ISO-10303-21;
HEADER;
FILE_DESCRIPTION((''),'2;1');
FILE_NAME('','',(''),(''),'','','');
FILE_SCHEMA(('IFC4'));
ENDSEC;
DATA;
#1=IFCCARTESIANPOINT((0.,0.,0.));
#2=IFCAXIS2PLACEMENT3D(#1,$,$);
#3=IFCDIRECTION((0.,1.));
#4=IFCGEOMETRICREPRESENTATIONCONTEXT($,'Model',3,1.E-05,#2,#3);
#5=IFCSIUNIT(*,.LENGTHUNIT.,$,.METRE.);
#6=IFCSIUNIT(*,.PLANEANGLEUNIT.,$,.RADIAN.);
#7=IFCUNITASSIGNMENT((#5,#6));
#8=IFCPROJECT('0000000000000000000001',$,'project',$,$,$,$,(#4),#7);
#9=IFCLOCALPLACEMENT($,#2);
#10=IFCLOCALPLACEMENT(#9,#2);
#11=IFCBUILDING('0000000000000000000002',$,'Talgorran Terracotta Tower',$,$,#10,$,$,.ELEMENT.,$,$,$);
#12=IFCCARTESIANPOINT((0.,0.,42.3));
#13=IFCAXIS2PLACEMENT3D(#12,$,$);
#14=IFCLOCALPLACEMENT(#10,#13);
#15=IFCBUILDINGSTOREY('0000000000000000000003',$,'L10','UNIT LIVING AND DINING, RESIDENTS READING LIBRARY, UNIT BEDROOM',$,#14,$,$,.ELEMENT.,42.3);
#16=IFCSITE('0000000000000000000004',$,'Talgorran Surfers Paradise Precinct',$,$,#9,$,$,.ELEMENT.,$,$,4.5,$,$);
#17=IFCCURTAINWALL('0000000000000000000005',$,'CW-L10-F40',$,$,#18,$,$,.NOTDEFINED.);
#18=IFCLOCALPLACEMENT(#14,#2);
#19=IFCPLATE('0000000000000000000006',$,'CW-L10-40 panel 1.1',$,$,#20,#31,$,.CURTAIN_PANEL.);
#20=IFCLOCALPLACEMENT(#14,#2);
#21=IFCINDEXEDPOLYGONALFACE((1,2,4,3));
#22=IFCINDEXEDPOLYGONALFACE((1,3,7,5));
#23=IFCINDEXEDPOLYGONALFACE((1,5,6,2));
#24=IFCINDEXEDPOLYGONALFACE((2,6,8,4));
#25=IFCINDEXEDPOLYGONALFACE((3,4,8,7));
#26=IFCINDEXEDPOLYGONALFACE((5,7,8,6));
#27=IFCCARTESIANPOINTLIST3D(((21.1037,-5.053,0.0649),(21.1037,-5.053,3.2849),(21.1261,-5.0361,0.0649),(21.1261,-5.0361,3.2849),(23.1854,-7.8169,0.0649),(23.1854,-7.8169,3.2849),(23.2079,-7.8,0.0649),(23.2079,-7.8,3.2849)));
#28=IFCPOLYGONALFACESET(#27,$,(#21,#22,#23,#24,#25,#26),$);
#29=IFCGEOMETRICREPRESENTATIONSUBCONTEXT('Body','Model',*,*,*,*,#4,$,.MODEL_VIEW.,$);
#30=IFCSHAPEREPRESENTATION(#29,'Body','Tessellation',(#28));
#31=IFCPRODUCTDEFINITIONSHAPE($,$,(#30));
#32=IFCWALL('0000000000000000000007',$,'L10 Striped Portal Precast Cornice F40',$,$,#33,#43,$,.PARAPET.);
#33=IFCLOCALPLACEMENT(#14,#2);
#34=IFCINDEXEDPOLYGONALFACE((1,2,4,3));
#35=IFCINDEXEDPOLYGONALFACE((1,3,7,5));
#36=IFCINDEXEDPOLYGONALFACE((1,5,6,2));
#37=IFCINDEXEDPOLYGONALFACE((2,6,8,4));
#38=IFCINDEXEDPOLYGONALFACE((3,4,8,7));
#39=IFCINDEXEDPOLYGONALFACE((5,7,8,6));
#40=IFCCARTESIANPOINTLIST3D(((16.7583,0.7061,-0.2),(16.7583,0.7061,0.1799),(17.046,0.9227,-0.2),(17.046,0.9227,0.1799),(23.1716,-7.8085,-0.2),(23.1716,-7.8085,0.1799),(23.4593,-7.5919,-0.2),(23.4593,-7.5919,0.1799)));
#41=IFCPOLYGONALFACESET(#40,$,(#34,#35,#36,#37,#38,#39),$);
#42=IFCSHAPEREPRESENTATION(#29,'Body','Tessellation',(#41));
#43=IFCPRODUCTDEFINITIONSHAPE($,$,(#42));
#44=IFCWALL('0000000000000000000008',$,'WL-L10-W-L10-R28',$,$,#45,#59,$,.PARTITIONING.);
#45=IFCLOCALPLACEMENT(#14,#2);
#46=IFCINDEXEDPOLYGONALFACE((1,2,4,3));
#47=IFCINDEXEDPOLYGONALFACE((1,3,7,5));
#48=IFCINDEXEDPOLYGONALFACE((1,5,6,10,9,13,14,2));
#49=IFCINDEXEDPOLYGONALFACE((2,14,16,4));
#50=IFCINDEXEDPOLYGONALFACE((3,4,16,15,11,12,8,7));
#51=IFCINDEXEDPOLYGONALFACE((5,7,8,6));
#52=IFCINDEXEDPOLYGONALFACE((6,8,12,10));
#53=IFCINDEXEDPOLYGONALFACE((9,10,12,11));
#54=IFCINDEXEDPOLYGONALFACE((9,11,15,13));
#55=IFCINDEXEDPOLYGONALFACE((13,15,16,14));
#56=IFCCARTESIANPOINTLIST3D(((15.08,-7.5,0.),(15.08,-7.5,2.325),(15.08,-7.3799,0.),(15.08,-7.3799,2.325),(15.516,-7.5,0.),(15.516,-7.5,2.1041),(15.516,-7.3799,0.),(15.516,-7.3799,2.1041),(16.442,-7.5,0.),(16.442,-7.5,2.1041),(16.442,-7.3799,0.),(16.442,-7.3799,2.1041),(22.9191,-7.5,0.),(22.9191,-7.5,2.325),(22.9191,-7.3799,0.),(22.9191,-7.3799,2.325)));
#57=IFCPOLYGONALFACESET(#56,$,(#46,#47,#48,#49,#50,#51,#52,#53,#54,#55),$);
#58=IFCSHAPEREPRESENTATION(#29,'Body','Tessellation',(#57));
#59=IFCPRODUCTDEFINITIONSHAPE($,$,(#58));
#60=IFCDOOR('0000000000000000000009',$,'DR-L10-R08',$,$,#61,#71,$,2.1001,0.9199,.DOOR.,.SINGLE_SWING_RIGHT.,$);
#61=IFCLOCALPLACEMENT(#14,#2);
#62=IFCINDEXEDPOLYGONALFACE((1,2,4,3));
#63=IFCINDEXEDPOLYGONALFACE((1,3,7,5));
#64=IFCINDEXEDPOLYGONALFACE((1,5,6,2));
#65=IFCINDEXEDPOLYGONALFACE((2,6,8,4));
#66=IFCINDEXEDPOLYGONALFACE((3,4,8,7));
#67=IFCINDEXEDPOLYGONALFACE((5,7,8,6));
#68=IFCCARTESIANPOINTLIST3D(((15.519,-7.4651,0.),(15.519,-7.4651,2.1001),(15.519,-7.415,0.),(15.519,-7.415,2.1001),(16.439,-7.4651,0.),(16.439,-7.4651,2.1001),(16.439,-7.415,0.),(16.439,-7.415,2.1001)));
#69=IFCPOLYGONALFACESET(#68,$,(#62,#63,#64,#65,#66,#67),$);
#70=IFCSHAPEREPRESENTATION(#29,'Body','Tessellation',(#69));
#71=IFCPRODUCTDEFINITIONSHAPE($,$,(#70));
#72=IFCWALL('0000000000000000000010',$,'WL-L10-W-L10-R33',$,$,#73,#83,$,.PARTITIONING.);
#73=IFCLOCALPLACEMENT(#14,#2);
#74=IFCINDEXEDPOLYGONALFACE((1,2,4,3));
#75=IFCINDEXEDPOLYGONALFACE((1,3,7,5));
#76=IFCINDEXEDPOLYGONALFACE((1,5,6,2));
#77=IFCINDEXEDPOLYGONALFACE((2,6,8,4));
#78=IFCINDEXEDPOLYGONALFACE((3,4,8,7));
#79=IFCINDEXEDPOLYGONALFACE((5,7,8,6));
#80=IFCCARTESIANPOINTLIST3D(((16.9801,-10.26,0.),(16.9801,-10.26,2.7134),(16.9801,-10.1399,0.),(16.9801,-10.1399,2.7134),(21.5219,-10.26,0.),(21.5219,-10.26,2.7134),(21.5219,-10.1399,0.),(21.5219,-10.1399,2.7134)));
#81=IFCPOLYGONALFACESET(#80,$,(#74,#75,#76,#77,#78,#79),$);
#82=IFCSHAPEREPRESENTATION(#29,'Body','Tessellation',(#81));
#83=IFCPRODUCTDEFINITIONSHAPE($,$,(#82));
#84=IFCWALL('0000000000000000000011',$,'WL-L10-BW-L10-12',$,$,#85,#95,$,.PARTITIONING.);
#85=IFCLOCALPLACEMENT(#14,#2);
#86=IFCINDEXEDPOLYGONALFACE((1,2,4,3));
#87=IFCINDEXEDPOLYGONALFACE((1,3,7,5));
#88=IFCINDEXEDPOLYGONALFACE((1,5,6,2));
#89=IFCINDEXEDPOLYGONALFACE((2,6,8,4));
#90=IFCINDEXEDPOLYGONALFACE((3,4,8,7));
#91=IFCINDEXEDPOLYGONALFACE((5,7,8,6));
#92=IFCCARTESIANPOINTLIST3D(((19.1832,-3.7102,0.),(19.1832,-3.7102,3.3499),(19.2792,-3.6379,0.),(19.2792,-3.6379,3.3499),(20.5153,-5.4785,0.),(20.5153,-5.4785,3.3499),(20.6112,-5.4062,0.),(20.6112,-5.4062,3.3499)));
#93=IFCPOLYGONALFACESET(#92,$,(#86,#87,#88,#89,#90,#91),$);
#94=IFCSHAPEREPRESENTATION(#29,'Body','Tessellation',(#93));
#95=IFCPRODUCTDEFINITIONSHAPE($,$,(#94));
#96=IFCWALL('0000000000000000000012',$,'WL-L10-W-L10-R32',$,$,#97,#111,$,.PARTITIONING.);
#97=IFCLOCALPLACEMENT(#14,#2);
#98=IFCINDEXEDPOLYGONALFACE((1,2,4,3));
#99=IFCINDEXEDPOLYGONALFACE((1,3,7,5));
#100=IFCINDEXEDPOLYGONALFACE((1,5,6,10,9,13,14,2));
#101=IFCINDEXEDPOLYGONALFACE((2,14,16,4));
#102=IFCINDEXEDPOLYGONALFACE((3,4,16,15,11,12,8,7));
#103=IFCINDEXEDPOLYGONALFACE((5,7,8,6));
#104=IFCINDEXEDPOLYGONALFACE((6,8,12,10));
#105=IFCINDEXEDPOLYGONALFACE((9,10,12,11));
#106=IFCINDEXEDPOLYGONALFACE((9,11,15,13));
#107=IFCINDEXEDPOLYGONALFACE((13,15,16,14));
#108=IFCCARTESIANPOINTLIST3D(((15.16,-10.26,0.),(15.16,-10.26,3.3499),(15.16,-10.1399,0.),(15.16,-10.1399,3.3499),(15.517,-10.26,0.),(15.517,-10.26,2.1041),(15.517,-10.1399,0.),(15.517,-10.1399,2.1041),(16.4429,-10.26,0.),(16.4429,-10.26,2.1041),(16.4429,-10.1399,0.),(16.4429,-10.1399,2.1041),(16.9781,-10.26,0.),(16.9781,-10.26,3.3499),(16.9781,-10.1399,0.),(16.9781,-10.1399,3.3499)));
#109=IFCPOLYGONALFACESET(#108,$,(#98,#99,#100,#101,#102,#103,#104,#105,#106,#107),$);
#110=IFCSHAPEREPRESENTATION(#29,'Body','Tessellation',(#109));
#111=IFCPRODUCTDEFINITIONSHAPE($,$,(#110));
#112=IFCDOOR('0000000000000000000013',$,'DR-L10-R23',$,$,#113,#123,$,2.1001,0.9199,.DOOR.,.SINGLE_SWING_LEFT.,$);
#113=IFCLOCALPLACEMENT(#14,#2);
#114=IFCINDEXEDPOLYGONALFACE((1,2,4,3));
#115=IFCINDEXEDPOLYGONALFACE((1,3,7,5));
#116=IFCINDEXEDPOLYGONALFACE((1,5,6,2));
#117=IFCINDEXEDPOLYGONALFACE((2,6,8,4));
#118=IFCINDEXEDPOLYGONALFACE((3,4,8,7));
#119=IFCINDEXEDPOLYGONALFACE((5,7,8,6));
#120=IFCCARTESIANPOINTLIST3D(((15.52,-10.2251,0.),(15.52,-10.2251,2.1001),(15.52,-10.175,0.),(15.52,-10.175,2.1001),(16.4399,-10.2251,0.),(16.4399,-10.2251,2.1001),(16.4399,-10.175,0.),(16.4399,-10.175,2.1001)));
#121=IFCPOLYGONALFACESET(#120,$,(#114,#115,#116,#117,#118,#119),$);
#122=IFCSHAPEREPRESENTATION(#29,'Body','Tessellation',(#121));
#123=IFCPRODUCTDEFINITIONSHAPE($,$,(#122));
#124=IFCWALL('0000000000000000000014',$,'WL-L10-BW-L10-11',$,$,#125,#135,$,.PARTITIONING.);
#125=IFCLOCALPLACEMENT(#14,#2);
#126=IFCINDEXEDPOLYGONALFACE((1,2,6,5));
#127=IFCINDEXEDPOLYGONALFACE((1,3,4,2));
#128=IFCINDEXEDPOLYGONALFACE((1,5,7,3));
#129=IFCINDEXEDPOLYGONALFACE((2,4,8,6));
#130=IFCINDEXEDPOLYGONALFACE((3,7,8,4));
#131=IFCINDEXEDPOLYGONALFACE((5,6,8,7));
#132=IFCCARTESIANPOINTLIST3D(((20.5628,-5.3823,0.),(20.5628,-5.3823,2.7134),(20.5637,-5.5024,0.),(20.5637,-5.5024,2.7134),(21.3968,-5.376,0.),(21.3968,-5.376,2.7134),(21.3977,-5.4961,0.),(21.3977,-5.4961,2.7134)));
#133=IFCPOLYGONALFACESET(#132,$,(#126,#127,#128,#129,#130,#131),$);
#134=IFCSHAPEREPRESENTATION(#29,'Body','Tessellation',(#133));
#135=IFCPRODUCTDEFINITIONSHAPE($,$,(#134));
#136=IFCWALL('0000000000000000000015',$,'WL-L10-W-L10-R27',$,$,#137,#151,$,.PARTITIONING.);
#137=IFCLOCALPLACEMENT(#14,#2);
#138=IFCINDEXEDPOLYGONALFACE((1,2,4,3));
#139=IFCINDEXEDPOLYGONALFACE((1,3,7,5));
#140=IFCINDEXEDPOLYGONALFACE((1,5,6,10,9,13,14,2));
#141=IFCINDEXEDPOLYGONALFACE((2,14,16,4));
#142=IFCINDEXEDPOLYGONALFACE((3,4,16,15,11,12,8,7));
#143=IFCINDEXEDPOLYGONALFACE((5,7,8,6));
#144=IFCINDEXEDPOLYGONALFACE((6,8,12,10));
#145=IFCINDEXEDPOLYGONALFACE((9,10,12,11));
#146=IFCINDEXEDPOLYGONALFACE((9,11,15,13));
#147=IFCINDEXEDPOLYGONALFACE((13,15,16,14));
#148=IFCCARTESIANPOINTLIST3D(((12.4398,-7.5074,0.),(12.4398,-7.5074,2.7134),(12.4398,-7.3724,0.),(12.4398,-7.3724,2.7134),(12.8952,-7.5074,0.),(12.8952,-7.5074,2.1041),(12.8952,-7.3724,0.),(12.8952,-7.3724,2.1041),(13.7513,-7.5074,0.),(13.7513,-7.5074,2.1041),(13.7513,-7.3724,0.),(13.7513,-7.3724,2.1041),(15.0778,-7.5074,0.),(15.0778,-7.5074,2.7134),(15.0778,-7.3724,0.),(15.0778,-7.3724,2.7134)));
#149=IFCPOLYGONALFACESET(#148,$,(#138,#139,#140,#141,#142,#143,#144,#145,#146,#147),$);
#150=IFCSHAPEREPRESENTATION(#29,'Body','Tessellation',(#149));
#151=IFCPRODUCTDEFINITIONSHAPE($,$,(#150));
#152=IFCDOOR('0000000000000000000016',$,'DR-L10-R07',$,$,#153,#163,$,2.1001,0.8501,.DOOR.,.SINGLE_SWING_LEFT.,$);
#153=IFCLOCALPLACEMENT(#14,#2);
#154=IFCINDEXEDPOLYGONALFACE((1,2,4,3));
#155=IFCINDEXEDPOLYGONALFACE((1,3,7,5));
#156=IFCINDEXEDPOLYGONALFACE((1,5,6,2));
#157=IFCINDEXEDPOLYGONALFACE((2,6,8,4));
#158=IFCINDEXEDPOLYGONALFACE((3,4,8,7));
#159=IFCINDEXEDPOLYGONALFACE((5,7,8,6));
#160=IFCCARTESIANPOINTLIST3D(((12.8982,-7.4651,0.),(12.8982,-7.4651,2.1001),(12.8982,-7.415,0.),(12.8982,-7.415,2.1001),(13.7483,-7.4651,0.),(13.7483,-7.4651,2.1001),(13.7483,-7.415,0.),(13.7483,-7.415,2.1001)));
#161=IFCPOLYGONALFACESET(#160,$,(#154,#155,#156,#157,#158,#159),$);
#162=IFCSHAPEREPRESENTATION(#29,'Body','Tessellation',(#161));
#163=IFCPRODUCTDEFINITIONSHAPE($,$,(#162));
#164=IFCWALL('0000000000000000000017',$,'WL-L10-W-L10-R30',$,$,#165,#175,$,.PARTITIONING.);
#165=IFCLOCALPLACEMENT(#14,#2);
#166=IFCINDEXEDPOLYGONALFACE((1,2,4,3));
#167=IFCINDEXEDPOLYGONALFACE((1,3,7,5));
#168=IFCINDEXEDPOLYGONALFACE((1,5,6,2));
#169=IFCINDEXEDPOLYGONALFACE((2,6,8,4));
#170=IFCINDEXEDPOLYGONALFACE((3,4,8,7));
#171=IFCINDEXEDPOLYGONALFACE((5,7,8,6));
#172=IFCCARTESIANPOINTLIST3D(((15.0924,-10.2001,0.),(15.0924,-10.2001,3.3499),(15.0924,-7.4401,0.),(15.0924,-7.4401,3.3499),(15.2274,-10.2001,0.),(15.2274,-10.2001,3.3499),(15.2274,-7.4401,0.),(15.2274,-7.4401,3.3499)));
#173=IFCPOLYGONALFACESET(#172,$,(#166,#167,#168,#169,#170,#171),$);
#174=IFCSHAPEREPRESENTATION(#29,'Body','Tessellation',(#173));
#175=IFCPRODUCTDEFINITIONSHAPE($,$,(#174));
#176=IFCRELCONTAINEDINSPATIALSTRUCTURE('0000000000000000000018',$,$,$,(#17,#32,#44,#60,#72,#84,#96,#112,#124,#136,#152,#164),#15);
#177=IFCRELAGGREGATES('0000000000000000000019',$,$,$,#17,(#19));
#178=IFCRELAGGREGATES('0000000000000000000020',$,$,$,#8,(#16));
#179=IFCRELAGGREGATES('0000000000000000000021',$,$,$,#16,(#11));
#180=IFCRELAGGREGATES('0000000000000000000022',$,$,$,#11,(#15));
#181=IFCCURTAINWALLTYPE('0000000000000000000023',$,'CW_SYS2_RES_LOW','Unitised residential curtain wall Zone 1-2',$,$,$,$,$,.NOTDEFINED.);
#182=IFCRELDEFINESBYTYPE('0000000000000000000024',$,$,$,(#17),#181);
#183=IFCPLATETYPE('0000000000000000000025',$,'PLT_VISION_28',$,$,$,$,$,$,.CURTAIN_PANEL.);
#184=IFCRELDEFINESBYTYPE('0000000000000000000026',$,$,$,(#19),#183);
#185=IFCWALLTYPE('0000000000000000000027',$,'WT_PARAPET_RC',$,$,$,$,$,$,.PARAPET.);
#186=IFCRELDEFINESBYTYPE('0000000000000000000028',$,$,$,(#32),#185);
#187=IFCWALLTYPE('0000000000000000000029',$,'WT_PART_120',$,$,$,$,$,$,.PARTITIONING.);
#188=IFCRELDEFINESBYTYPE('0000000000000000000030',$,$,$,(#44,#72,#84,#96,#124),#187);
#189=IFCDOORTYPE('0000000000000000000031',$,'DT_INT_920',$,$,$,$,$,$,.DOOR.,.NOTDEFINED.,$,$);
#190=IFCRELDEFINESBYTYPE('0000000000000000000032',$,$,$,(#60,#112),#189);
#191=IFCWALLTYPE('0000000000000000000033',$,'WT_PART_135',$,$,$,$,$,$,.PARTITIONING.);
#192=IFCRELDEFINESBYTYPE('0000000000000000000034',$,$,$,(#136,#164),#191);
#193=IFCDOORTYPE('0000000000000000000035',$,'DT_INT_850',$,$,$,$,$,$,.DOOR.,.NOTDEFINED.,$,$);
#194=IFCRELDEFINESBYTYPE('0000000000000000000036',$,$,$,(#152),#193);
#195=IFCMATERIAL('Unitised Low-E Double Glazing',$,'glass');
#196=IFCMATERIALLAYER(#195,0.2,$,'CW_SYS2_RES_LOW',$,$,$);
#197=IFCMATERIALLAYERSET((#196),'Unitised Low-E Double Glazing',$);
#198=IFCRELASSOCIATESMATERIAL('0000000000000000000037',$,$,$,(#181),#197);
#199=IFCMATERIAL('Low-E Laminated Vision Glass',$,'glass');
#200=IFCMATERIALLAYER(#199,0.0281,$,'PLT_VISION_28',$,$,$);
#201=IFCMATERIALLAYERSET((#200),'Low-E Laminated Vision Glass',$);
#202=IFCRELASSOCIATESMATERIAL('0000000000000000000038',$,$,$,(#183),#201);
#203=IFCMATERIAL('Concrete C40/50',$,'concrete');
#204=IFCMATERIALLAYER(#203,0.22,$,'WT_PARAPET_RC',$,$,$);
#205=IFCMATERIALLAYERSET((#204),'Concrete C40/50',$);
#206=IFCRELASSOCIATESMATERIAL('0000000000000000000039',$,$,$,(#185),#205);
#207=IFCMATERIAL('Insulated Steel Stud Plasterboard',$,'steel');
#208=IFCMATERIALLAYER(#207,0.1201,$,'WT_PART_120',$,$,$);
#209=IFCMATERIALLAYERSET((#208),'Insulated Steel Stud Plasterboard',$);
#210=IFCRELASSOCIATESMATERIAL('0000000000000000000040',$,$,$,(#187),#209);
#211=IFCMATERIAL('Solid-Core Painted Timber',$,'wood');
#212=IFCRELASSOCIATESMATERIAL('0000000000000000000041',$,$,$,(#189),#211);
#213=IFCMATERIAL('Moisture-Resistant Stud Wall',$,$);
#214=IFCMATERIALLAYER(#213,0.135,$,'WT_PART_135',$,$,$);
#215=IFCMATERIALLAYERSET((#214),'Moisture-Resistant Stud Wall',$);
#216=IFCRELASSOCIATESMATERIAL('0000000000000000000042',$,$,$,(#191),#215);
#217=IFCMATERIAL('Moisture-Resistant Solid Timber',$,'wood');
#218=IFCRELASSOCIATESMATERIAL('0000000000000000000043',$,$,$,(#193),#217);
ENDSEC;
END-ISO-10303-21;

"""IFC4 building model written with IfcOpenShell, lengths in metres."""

from ifc_helpers import new_model, si_unit, direction, frame, frame_2d, origin, origin_2d, place, context, subcontext, project, spatial, rectangle, extrude, source, transform, mapped, material, layer, layer_set, type_object, element, fill, aggregate, save


model = new_model("IFC4")

# Units and contexts
model_context = context("Model", 3, precision=1e-05, world=origin(), true_north=direction((0.0, 1.0)))
body_context = subcontext(model_context, "Body", "Model", "MODEL_VIEW")
ifc_project = project(units=[si_unit("LENGTHUNIT", "METRE"), si_unit("PLANEANGLEUNIT", "RADIAN")], contexts=[model_context])

# Site, building, storey
site_placement = place(None, origin())
site = spatial("IfcSite", under=ifc_project, at=site_placement, Name="Talgorran Surfers Paradise Precinct", CompositionType="ELEMENT", RefElevation=4.5)
building_placement = place(site_placement, origin())
building = spatial("IfcBuilding", under=site, at=building_placement, Name="Talgorran Terracotta Tower", CompositionType="ELEMENT")
storey_placement = place(building_placement, frame((0.0, 0.0, 42.3)))
storey = spatial("IfcBuildingStorey", under=building, at=storey_placement, Name="L10", Description="UNIT LIVING AND DINING, RESIDENTS READING LIBRARY, UNIT BEDROOM", CompositionType="ELEMENT", Elevation=42.3)

# Shared definitions
ifc_material_1 = material(Name="Unitised Low-E Double Glazing", Category="glass")
ifc_layer_1 = layer(ifc_material_1, 0.2, Name="CW_SYS2_RES_LOW")
ifc_layer_set_1 = layer_set([ifc_layer_1], Name="Unitised Low-E Double Glazing")
curtain_wall_type = type_object("IfcCurtainWallType", Name="CW_SYS2_RES_LOW", Description="Unitised residential curtain wall Zone 1-2", PredefinedType="NOTDEFINED", material=ifc_layer_set_1)

# Curtain wall
curtain_wall_1_placement = place(storey_placement, origin())
curtain_wall_1 = element("IfcCurtainWall", 1, at=curtain_wall_1_placement, inside=storey, type_object=curtain_wall_type, Name="CW-L10-F40", PredefinedType="NOTDEFINED")

# Plate
ifc_material_2 = material(Name="Low-E Laminated Vision Glass", Category="glass")
ifc_layer_2 = layer(ifc_material_2, 0.0281, Name="PLT_VISION_28")
ifc_layer_set_2 = layer_set([ifc_layer_2], Name="Low-E Laminated Vision Glass")
plate_type = type_object("IfcPlateType", Name="PLT_VISION_28", PredefinedType="CURTAIN_PANEL", material=ifc_layer_set_2)
shared_shape_1 = source(origin(), body_context, "Body", "SweptSolid", [
    extrude(rectangle(XDim=3.4602, YDim=0.0281, at=origin_2d()), origin(), (0.0, 0.0, 1.0), 3.22),
])
plate_1_placement = place(storey_placement, frame((22.1558, -6.4265, 0.0649), z_axis=(0.0, 0.0, 1.0), x_axis=(-0.60163, 0.798775, 0.0)))
plate_1 = element("IfcPlate", 2, at=plate_1_placement, type_object=plate_type, Name="CW-L10-40 panel 1.1", PredefinedType="CURTAIN_PANEL", context=body_context, shape_type="MappedRepresentation", body=[
    mapped(shared_shape_1, transform((0.0, 0.0, 0.0), scale=1.0)),
])
aggregate(curtain_wall_1, [plate_1])

# Wall
ifc_material_3 = material(Name="Concrete C40/50", Category="concrete")
ifc_layer_3 = layer(ifc_material_3, 0.22, Name="WT_PARAPET_RC")
ifc_layer_set_3 = layer_set([ifc_layer_3], Name="Concrete C40/50")
wall_type_1 = type_object("IfcWallType", Name="WT_PARAPET_RC", PredefinedType="PARAPET", material=ifc_layer_set_3)
wall_1_placement = place(storey_placement, frame((23.3154, -7.7002, -0.2), z_axis=(0.0, 0.0, 1.0), x_axis=(-0.60164, 0.798767, 0.0)))
element("IfcWall", 3, at=wall_1_placement, inside=storey, type_object=wall_type_1, Name="L10 Striped Portal Precast Cornice F40", PredefinedType="PARAPET", context=body_context, shape_type="SweptSolid", body=[
    extrude(rectangle(XDim=10.6597, YDim=0.3601, at=frame_2d((5.3298, 0.0))), origin(), (0.0, 0.0, 1.0), 0.3799),
])

# Wall, opening, door
ifc_material_4 = material(Name="Insulated Steel Stud Plasterboard", Category="steel")
ifc_layer_4 = layer(ifc_material_4, 0.1201, Name="WT_PART_120")
ifc_layer_set_4 = layer_set([ifc_layer_4], Name="Insulated Steel Stud Plasterboard")
wall_type_2 = type_object("IfcWallType", Name="WT_PART_120", PredefinedType="PARTITIONING", material=ifc_layer_set_4)
wall_2_placement = place(storey_placement, frame((15.0801, -7.4399, 0.0), z_axis=(0.0, 0.0, 1.0), x_axis=(1.0, 0.0, 0.0)))
wall_2 = element("IfcWall", 4, at=wall_2_placement, inside=storey, type_object=wall_type_2, Name="WL-L10-W-L10-R28", PredefinedType="PARTITIONING", context=body_context, shape_type="SweptSolid", body=[
    extrude(rectangle(XDim=7.8391, YDim=0.1201, at=frame_2d((3.9194, 0.0))), origin(), (0.0, 0.0, 1.0), 2.325),
])
opening_1_placement = place(wall_2_placement, frame((0.439, 0.0, 0.0)))
opening_1 = element("IfcOpeningElement", 5, at=opening_1_placement, cuts=wall_2, PredefinedType="OPENING", context=body_context, shape_type="SweptSolid", body=[
    extrude(rectangle(XDim=0.9259, YDim=2.1041, at=frame_2d((0.46, 1.052))), frame((0.0, 0.0701, 0.0), z_axis=(0.0, -1.0, 0.0), x_axis=(1.0, 0.0, 0.0)), (0.0, 0.0, 1.0), 0.1401),
])
ifc_material_5 = material(Name="Solid-Core Painted Timber", Category="wood")
door_type_1 = type_object("IfcDoorType", Name="DT_INT_920", OperationType="NOTDEFINED", PredefinedType="DOOR", material=ifc_material_5)
door_1_placement = place(opening_1_placement, origin())
door_1 = element("IfcDoor", 6, at=door_1_placement, inside=storey, type_object=door_type_1, Name="DR-L10-R08", OperationType="SINGLE_SWING_RIGHT", OverallHeight=2.1001, OverallWidth=0.9199, PredefinedType="DOOR", context=body_context, shape_type="SweptSolid", body=[
    extrude(rectangle(XDim=0.9199, YDim=2.1001, at=frame_2d((0.46, 1.05))), frame((0.0, 0.0249, 0.0), z_axis=(0.0, -1.0, 0.0), x_axis=(1.0, 0.0, 0.0)), (0.0, 0.0, 1.0), 0.05),
])
fill(opening_1, door_1)

# Walls
wall_3_placement = place(storey_placement, frame((16.98, -10.2, 0.0), z_axis=(0.0, 0.0, 1.0), x_axis=(1.0, 0.0, 0.0)))
element("IfcWall", 7, at=wall_3_placement, inside=storey, type_object=wall_type_2, Name="WL-L10-W-L10-R33", PredefinedType="PARTITIONING", context=body_context, shape_type="SweptSolid", body=[
    extrude(rectangle(XDim=4.5417, YDim=0.1201, at=frame_2d((2.271, 0.0))), origin(), (0.0, 0.0, 1.0), 2.7134),
])
wall_4_placement = place(storey_placement, frame((20.5632, -5.4424, 0.0), z_axis=(0.0, 0.0, 1.0), x_axis=(-0.601675, 0.798741, 0.0)))
element("IfcWall", 8, at=wall_4_placement, inside=storey, type_object=wall_type_2, Name="WL-L10-BW-L10-12", PredefinedType="PARTITIONING", context=body_context, shape_type="SweptSolid", body=[
    extrude(rectangle(XDim=2.2139, YDim=0.1201, at=frame_2d((1.1069, 0.0))), origin(), (0.0, 0.0, 1.0), 3.3499),
])

# Wall, opening, door
wall_5_placement = place(storey_placement, frame((15.1599, -10.2, 0.0), z_axis=(0.0, 0.0, 1.0), x_axis=(1.0, 0.0, 0.0)))
wall_5 = element("IfcWall", 9, at=wall_5_placement, inside=storey, type_object=wall_type_2, Name="WL-L10-W-L10-R32", PredefinedType="PARTITIONING", context=body_context, shape_type="SweptSolid", body=[
    extrude(rectangle(XDim=1.8181, YDim=0.1201, at=frame_2d((0.9092, 0.0))), origin(), (0.0, 0.0, 1.0), 3.3499),
])
opening_2_placement = place(wall_5_placement, frame((0.3601, 0.0, 0.0)))
opening_2 = element("IfcOpeningElement", 10, at=opening_2_placement, cuts=wall_5, PredefinedType="OPENING", context=body_context, shape_type="SweptSolid", body=[
    extrude(rectangle(XDim=0.9259, YDim=2.1041, at=frame_2d((0.46, 1.052))), frame((0.0, 0.0701, 0.0), z_axis=(0.0, -1.0, 0.0), x_axis=(1.0, 0.0, 0.0)), (0.0, 0.0, 1.0), 0.1401),
])
door_2_placement = place(opening_2_placement, origin())
door_2 = element("IfcDoor", 11, at=door_2_placement, inside=storey, type_object=door_type_1, Name="DR-L10-R23", OperationType="SINGLE_SWING_LEFT", OverallHeight=2.1001, OverallWidth=0.9199, PredefinedType="DOOR", context=body_context, shape_type="SweptSolid", body=[
    extrude(rectangle(XDim=0.9199, YDim=2.1001, at=frame_2d((0.46, 1.05))), frame((0.0, 0.0249, 0.0), z_axis=(0.0, -1.0, 0.0), x_axis=(1.0, 0.0, 0.0)), (0.0, 0.0, 1.0), 0.05),
])
fill(opening_2, door_2)

# Wall
wall_6_placement = place(storey_placement, frame((21.3972, -5.436, 0.0), z_axis=(0.0, 0.0, 1.0), x_axis=(-0.999971, -0.007611, 0.0)))
element("IfcWall", 12, at=wall_6_placement, inside=storey, type_object=wall_type_2, Name="WL-L10-BW-L10-11", PredefinedType="PARTITIONING", context=body_context, shape_type="SweptSolid", body=[
    extrude(rectangle(XDim=0.834, YDim=0.1201, at=frame_2d((0.417, 0.0))), origin(), (0.0, 0.0, 1.0), 2.7134),
])

# Wall, opening, door
ifc_material_6 = material(Name="Moisture-Resistant Stud Wall")
ifc_layer_5 = layer(ifc_material_6, 0.135, Name="WT_PART_135")
ifc_layer_set_5 = layer_set([ifc_layer_5], Name="Moisture-Resistant Stud Wall")
wall_type_3 = type_object("IfcWallType", Name="WT_PART_135", PredefinedType="PARTITIONING", material=ifc_layer_set_5)
wall_7_placement = place(storey_placement, frame((12.4399, -7.4399, 0.0), z_axis=(0.0, 0.0, 1.0), x_axis=(1.0, 0.0, 0.0)))
wall_7 = element("IfcWall", 13, at=wall_7_placement, inside=storey, type_object=wall_type_3, Name="WL-L10-W-L10-R27", PredefinedType="PARTITIONING", context=body_context, shape_type="SweptSolid", body=[
    extrude(rectangle(XDim=2.6379, YDim=0.135, at=frame_2d((1.3188, 0.0))), origin(), (0.0, 0.0, 1.0), 2.7134),
])
opening_3_placement = place(wall_7_placement, frame((0.4583, 0.0, 0.0)))
opening_3 = element("IfcOpeningElement", 14, at=opening_3_placement, cuts=wall_7, PredefinedType="OPENING", context=body_context, shape_type="SweptSolid", body=[
    extrude(rectangle(XDim=0.8561, YDim=2.1041, at=frame_2d((0.425, 1.052))), frame((0.0, 0.0776, 0.0), z_axis=(0.0, -1.0, 0.0), x_axis=(1.0, 0.0, 0.0)), (0.0, 0.0, 1.0), 0.155),
])
ifc_material_7 = material(Name="Moisture-Resistant Solid Timber", Category="wood")
door_type_2 = type_object("IfcDoorType", Name="DT_INT_850", OperationType="NOTDEFINED", PredefinedType="DOOR", material=ifc_material_7)
door_3_placement = place(opening_3_placement, origin())
door_3 = element("IfcDoor", 15, at=door_3_placement, inside=storey, type_object=door_type_2, Name="DR-L10-R07", OperationType="SINGLE_SWING_LEFT", OverallHeight=2.1001, OverallWidth=0.8501, PredefinedType="DOOR", context=body_context, shape_type="SweptSolid", body=[
    extrude(rectangle(XDim=0.8501, YDim=2.1001, at=frame_2d((0.425, 1.05))), frame((0.0, 0.0249, 0.0), z_axis=(0.0, -1.0, 0.0), x_axis=(1.0, 0.0, 0.0)), (0.0, 0.0, 1.0), 0.05),
])
fill(opening_3, door_3)

# Wall
wall_8_placement = place(storey_placement, frame((15.1599, -10.2, 0.0), z_axis=(0.0, 0.0, 1.0), x_axis=(0.0, 1.0, 0.0)))
element("IfcWall", 16, at=wall_8_placement, inside=storey, type_object=wall_type_3, Name="WL-L10-W-L10-R30", PredefinedType="PARTITIONING", context=body_context, shape_type="SweptSolid", body=[
    extrude(rectangle(XDim=2.76, YDim=0.135, at=frame_2d((1.3799, 0.0))), origin(), (0.0, 0.0, 1.0), 3.3499),
])

save(model, "model.ifc")
